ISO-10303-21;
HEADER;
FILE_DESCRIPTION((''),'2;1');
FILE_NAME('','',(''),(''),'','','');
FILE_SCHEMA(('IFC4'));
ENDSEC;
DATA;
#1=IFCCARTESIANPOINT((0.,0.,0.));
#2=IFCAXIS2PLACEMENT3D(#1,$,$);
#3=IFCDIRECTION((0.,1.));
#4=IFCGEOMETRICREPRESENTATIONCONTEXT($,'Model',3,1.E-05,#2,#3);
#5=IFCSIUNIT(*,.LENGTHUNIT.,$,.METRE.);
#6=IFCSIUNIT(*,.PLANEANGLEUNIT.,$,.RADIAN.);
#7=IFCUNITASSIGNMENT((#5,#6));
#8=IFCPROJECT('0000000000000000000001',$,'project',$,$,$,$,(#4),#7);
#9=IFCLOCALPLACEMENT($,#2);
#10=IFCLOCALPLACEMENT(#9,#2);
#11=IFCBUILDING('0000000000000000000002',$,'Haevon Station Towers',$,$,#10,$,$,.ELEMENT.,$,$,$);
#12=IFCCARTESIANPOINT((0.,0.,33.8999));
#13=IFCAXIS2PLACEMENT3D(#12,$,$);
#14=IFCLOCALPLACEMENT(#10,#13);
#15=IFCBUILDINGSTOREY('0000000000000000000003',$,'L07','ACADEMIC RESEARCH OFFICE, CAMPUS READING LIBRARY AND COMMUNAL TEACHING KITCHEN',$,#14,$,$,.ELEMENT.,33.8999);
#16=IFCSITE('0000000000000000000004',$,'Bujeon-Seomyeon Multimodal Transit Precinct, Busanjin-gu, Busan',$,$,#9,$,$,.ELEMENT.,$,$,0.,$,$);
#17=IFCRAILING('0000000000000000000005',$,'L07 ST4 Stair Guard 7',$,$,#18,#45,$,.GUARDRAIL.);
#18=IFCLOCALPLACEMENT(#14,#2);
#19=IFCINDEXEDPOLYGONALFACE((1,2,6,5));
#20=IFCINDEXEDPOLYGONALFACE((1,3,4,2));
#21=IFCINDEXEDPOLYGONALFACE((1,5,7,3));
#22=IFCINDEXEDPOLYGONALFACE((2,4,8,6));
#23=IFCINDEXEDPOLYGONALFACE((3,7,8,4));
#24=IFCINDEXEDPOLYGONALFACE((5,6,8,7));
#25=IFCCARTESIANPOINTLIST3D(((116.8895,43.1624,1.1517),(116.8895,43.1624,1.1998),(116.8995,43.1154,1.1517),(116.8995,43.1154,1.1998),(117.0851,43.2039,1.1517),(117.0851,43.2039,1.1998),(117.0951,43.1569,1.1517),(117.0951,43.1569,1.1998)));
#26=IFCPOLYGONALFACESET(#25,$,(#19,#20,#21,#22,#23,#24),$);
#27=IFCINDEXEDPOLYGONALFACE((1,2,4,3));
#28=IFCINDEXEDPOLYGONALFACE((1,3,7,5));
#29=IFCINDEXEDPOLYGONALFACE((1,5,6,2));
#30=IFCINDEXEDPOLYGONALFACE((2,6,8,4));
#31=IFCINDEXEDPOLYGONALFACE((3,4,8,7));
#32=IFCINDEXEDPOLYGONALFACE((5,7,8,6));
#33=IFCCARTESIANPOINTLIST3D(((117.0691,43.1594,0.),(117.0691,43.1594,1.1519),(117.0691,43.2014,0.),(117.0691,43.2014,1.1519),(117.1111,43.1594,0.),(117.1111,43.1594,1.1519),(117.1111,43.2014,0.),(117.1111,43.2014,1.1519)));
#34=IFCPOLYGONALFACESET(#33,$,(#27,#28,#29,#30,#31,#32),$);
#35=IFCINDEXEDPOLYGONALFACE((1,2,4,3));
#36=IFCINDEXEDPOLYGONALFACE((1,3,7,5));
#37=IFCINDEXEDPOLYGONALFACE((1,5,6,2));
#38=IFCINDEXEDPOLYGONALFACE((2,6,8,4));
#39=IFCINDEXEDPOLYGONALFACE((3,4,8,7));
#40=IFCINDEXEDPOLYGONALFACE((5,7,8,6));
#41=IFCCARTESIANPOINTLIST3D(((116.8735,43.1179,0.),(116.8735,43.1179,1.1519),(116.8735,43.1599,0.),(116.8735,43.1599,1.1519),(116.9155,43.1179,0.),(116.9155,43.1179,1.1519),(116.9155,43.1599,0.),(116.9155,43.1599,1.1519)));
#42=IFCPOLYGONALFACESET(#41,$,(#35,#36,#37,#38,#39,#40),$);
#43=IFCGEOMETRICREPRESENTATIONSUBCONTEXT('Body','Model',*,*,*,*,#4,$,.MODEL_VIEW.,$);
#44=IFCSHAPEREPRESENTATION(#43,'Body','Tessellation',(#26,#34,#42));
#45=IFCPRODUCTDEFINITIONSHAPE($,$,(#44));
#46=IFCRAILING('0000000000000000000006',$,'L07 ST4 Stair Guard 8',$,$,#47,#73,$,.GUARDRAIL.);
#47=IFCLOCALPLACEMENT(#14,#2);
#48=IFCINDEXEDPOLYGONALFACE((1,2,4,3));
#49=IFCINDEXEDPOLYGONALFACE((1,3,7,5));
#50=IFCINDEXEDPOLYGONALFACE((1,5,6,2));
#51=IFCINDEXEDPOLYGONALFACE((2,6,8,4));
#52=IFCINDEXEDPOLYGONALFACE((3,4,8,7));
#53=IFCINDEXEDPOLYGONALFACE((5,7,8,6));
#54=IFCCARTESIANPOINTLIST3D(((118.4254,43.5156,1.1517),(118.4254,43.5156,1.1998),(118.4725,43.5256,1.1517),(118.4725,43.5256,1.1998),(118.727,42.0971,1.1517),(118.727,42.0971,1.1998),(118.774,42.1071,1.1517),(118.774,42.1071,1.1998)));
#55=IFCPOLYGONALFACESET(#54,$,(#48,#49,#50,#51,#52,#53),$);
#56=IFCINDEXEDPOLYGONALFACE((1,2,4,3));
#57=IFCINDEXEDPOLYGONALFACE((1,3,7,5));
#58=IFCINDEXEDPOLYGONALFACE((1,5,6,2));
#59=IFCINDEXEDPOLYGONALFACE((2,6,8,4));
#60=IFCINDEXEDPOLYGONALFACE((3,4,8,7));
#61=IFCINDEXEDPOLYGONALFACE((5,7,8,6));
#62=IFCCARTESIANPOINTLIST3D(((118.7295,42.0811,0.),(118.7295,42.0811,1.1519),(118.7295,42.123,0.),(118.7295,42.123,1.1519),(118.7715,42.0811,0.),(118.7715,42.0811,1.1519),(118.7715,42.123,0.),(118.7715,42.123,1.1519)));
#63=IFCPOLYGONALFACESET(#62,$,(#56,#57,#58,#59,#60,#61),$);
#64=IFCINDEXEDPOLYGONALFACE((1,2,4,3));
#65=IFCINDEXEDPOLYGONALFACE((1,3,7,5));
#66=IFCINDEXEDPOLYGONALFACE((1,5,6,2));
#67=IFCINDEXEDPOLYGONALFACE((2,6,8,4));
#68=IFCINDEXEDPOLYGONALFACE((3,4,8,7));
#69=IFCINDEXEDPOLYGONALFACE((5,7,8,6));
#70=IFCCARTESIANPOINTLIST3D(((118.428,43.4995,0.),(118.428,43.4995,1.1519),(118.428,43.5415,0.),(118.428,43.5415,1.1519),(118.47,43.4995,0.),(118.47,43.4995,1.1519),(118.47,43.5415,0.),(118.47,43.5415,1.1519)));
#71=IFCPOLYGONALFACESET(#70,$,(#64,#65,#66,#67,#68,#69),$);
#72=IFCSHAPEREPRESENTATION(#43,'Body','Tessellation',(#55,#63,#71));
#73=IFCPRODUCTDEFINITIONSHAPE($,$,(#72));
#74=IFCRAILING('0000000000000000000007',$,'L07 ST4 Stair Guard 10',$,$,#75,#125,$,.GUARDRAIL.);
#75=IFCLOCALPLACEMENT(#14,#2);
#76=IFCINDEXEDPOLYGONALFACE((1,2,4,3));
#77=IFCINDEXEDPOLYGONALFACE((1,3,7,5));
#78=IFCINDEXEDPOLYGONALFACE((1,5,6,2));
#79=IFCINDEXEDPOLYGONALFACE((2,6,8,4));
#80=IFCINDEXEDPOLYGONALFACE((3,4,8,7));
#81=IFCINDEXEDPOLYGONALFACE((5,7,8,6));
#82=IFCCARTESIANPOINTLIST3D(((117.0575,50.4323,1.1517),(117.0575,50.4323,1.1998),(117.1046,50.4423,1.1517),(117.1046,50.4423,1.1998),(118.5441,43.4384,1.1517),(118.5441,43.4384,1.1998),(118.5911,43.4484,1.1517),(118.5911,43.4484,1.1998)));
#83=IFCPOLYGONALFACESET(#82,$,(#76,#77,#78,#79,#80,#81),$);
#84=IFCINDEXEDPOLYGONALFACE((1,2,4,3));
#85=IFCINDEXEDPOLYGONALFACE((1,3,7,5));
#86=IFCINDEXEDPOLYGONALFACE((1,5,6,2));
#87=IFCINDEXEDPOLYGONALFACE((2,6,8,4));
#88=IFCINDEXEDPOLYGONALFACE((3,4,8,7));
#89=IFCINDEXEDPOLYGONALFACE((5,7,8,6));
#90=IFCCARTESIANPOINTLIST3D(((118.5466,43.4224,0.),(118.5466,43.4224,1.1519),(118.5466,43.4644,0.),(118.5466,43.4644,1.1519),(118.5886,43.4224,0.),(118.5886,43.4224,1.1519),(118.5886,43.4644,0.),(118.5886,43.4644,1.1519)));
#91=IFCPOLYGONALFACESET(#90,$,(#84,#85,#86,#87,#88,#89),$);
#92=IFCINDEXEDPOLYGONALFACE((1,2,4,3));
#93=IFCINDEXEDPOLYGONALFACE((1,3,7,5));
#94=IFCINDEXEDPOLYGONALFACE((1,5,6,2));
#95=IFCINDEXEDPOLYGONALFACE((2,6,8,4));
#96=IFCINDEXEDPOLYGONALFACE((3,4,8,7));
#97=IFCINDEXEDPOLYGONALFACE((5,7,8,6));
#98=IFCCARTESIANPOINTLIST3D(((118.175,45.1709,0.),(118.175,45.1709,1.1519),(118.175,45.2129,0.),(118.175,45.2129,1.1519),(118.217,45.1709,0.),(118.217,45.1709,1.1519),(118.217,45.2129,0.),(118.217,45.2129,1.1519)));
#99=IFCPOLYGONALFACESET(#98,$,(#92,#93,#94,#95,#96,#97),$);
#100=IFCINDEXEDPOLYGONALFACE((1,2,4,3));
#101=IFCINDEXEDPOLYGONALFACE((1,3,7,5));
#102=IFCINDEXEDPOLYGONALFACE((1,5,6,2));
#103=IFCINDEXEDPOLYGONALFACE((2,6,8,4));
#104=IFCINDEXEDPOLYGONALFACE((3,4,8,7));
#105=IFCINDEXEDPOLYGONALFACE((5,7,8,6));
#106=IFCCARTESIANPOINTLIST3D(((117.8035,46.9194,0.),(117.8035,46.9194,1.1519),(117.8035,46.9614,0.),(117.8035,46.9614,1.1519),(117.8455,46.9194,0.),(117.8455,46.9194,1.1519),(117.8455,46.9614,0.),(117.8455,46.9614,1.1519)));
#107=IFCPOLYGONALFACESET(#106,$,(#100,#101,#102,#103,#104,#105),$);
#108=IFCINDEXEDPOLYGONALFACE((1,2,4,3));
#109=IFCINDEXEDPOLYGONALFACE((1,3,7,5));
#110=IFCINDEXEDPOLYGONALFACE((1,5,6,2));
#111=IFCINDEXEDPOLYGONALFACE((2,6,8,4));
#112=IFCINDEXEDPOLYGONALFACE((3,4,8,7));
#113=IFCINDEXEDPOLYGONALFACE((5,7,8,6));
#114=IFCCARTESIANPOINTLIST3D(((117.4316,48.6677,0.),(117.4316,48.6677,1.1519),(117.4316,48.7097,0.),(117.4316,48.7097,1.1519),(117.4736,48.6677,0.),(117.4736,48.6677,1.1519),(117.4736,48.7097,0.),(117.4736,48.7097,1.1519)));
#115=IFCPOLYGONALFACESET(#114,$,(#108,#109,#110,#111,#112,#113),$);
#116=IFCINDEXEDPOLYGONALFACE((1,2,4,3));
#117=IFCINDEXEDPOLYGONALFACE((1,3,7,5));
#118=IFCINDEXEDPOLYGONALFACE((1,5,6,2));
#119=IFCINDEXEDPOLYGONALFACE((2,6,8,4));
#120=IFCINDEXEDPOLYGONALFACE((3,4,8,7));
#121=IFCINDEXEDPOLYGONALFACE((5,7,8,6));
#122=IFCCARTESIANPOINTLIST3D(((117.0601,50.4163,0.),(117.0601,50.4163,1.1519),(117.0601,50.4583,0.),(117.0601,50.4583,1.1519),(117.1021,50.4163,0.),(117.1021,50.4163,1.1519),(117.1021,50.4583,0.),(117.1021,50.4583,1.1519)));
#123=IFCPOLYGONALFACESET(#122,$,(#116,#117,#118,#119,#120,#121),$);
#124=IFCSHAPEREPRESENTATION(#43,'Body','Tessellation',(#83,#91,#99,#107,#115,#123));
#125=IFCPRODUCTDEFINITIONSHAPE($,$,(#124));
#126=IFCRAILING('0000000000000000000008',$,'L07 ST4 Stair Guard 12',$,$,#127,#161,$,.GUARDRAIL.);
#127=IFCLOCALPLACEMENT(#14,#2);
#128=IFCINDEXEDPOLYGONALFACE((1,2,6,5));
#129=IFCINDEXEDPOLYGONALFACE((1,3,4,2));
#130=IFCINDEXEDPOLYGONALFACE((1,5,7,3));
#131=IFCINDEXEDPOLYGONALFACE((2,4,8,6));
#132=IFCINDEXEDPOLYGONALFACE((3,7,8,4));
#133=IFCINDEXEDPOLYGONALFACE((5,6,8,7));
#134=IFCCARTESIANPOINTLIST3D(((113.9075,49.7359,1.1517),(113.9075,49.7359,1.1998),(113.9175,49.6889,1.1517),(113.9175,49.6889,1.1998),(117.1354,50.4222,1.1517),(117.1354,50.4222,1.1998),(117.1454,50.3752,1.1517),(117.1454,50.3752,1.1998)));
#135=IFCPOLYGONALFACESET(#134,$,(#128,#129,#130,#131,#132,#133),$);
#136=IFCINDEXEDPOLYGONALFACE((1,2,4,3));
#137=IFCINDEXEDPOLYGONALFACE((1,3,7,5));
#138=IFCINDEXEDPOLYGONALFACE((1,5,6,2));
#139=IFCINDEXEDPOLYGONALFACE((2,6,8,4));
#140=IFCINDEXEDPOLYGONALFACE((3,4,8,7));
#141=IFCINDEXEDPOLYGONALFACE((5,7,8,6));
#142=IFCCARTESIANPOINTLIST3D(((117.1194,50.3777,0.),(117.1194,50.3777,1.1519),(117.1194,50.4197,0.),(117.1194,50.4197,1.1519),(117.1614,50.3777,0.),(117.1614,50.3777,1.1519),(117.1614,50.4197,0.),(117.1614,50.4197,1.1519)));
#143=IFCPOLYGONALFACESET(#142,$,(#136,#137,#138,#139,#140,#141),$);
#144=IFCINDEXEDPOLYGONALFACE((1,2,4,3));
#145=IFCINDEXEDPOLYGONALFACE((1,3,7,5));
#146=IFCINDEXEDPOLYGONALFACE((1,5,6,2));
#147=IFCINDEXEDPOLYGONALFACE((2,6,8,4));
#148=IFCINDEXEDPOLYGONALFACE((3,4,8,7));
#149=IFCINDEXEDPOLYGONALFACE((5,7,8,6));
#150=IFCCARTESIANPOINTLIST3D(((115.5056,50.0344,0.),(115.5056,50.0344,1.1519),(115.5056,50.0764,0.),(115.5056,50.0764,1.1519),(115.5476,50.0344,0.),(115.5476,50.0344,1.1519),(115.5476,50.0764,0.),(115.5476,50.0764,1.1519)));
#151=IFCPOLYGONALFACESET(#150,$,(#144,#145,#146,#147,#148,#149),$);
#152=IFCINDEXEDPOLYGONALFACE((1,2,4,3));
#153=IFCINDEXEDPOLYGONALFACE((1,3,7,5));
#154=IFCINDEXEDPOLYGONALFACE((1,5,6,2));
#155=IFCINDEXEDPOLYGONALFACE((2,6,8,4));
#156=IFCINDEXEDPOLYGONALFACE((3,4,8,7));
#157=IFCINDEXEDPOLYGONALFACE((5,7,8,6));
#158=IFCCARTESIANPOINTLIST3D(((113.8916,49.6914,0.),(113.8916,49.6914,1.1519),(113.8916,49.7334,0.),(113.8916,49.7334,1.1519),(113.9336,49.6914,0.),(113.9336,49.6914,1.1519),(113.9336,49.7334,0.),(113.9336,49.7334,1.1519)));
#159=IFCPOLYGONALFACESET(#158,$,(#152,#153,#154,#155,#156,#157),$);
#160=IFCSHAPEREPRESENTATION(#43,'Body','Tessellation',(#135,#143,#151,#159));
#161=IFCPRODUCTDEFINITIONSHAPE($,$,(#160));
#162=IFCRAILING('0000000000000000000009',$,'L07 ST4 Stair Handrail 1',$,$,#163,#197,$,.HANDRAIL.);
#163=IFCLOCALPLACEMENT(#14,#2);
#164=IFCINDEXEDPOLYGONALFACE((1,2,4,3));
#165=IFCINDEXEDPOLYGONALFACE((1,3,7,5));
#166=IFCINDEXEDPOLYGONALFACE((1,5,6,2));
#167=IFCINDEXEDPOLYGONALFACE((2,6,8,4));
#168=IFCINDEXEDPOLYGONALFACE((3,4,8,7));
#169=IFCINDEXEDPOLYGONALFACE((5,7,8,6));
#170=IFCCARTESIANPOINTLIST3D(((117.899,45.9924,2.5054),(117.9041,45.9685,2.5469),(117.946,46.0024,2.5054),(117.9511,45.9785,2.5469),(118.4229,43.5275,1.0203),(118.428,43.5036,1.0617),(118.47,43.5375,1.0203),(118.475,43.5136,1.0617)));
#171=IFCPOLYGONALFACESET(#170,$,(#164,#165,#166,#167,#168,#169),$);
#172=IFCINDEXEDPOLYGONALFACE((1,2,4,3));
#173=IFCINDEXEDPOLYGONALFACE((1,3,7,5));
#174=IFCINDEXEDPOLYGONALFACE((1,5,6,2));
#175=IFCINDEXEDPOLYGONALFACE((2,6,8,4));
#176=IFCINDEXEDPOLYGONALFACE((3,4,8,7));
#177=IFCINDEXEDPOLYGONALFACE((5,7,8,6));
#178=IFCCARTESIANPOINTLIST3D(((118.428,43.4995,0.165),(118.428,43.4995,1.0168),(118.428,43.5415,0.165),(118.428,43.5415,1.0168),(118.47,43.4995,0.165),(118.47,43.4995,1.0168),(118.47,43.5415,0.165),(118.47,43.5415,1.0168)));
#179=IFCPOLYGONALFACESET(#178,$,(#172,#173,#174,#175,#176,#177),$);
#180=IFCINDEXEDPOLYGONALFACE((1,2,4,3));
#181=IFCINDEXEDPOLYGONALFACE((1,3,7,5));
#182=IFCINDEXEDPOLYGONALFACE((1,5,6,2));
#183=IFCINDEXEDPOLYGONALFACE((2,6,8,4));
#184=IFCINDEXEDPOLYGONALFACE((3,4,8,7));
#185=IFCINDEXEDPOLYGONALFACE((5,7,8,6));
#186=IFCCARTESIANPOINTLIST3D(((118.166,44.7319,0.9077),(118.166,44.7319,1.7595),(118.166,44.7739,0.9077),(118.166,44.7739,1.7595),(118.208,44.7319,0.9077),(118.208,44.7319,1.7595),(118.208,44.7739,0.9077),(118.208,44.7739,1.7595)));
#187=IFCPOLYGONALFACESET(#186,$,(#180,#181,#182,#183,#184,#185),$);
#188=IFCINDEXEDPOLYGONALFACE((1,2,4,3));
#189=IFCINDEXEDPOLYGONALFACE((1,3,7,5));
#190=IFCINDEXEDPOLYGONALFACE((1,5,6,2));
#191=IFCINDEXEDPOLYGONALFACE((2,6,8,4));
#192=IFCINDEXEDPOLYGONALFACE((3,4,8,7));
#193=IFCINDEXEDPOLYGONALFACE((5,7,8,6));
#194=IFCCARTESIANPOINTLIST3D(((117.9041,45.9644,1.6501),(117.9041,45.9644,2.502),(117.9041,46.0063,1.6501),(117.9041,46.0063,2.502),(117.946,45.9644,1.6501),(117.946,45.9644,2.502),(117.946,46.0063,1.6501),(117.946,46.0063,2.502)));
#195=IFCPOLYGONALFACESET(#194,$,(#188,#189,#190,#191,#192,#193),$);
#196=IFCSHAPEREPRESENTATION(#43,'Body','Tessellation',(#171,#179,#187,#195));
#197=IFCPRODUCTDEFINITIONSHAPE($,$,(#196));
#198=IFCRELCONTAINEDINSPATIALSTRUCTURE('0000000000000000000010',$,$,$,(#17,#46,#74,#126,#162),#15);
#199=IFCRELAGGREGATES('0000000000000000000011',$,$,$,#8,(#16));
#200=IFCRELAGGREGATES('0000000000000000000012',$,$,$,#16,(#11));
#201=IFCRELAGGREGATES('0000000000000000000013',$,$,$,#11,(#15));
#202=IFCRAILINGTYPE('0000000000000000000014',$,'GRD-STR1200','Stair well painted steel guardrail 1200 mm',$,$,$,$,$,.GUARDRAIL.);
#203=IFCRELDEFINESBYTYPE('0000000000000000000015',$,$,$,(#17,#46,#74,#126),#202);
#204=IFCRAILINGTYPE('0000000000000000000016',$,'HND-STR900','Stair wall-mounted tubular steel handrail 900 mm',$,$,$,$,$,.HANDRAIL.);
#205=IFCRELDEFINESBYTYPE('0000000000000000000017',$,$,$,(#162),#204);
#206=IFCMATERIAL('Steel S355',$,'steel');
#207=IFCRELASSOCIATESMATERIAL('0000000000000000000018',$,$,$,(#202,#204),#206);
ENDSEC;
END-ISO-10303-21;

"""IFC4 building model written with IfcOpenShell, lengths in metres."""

from ifc_helpers import new_model, si_unit, direction, frame, origin, origin_2d, place, context, subcontext, project, spatial, rectangle, extrude, material, type_object, element, save


model = new_model("IFC4")

# Units and contexts
model_context = context("Model", 3, precision=1e-05, world=origin(), true_north=direction((0.0, 1.0)))
body_context = subcontext(model_context, "Body", "Model", "MODEL_VIEW")
ifc_project = project(units=[si_unit("LENGTHUNIT", "METRE"), si_unit("PLANEANGLEUNIT", "RADIAN")], contexts=[model_context])

# Site, building, storey
site_placement = place(None, origin())
site = spatial("IfcSite", under=ifc_project, at=site_placement, Name="Bujeon-Seomyeon Multimodal Transit Precinct, Busanjin-gu, Busan", CompositionType="ELEMENT", RefElevation=0.0)
building_placement = place(site_placement, origin())
building = spatial("IfcBuilding", under=site, at=building_placement, Name="Haevon Station Towers", CompositionType="ELEMENT")
storey_placement = place(building_placement, frame((0.0, 0.0, 33.8999)))
storey = spatial("IfcBuildingStorey", under=building, at=storey_placement, Name="L07", Description="ACADEMIC RESEARCH OFFICE, CAMPUS READING LIBRARY AND COMMUNAL TEACHING KITCHEN", CompositionType="ELEMENT", Elevation=33.8999)

# Shared definitions
ifc_material_1 = material(Name="Steel S355", Category="steel")

# Railings
railing_type_1 = type_object("IfcRailingType", Name="GRD-STR1200", Description="Stair well painted steel guardrail 1200 mm", PredefinedType="GUARDRAIL", material=ifc_material_1)
railing_1_placement = place(storey_placement, frame((117.0901, 43.1804, 0.0)))
element("IfcRailing", 1, at=railing_1_placement, inside=storey, type_object=railing_type_1, Name="L07 ST4 Stair Guard 7", PredefinedType="GUARDRAIL", context=body_context, shape_type="SweptSolid", body=[
    extrude(rectangle(XDim=0.0481, YDim=0.0481, at=origin_2d()), frame((0.0, 0.0, 1.1758), z_axis=(-0.978212, -0.20761, 0.0), x_axis=(0.20761, -0.978212, 0.0)), (0.0, 0.0, 1.0), 0.2),
    extrude(rectangle(XDim=0.042, YDim=0.042, at=origin_2d()), origin(), (0.0, 0.0, 1.0), 1.1519),
    extrude(rectangle(XDim=0.042, YDim=0.042, at=origin_2d()), frame((-0.1956, -0.0415, 0.0)), (0.0, 0.0, 1.0), 1.1519),
])
railing_2_placement = place(storey_placement, frame((118.7505, 42.1021, 0.0)))
element("IfcRailing", 2, at=railing_2_placement, inside=storey, type_object=railing_type_1, Name="L07 ST4 Stair Guard 8", PredefinedType="GUARDRAIL", context=body_context, shape_type="SweptSolid", body=[
    extrude(rectangle(XDim=0.0481, YDim=0.0481, at=origin_2d()), frame((0.0, 0.0, 1.1758), z_axis=(-0.207919, 0.978146, 0.0), x_axis=(-0.978146, -0.207919, 0.0)), (0.0, 0.0, 1.0), 1.4502),
    extrude(rectangle(XDim=0.042, YDim=0.042, at=origin_2d()), origin(), (0.0, 0.0, 1.0), 1.1519),
    extrude(rectangle(XDim=0.042, YDim=0.042, at=origin_2d()), frame((-0.3015, 1.4185, 0.0)), (0.0, 0.0, 1.0), 1.1519),
])
railing_3_placement = place(storey_placement, frame((118.5676, 43.4434, 0.0)))
element("IfcRailing", 3, at=railing_3_placement, inside=storey, type_object=railing_type_1, Name="L07 ST4 Stair Guard 10", PredefinedType="GUARDRAIL", context=body_context, shape_type="SweptSolid", body=[
    extrude(rectangle(XDim=0.0481, YDim=0.0481, at=origin_2d()), frame((0.0, 0.0, 1.1758), z_axis=(-0.207908, 0.978148, 0.0), x_axis=(-0.978148, -0.207908, 0.0)), (0.0, 0.0, 1.0), 7.1501),
    extrude(rectangle(XDim=0.042, YDim=0.042, at=origin_2d()), origin(), (0.0, 0.0, 1.0), 1.1519),
    extrude(rectangle(XDim=0.042, YDim=0.042, at=origin_2d()), frame((-0.3716, 1.7485, 0.0)), (0.0, 0.0, 1.0), 1.1519),
    extrude(rectangle(XDim=0.042, YDim=0.042, at=origin_2d()), frame((-0.7432, 3.4971, 0.0)), (0.0, 0.0, 1.0), 1.1519),
    extrude(rectangle(XDim=0.042, YDim=0.042, at=origin_2d()), frame((-1.115, 5.2454, 0.0)), (0.0, 0.0, 1.0), 1.1519),
    extrude(rectangle(XDim=0.042, YDim=0.042, at=origin_2d()), frame((-1.4866, 6.9939, 0.0)), (0.0, 0.0, 1.0), 1.1519),
])
railing_4_placement = place(storey_placement, frame((117.1404, 50.3987, 0.0)))
element("IfcRailing", 4, at=railing_4_placement, inside=storey, type_object=railing_type_1, Name="L07 ST4 Stair Guard 12", PredefinedType="GUARDRAIL", context=body_context, shape_type="SweptSolid", body=[
    extrude(rectangle(XDim=0.0481, YDim=0.0481, at=origin_2d()), frame((0.0, 0.0, 1.1758), z_axis=(-0.978136, -0.207968, 0.0), x_axis=(0.207968, -0.978136, 0.0)), (0.0, 0.0, 1.0), 3.3),
    extrude(rectangle(XDim=0.042, YDim=0.042, at=origin_2d()), origin(), (0.0, 0.0, 1.0), 1.1519),
    extrude(rectangle(XDim=0.042, YDim=0.042, at=origin_2d()), frame((-1.6138, -0.3433, 0.0)), (0.0, 0.0, 1.0), 1.1519),
    extrude(rectangle(XDim=0.042, YDim=0.042, at=origin_2d()), frame((-3.2278, -0.6863, 0.0)), (0.0, 0.0, 1.0), 1.1519),
])
railing_type_2 = type_object("IfcRailingType", Name="HND-STR900", Description="Stair wall-mounted tubular steel handrail 900 mm", PredefinedType="HANDRAIL", material=ifc_material_1)
railing_5_placement = place(storey_placement, frame((118.449, 43.5205, 0.165)))
element("IfcRailing", 5, at=railing_5_placement, inside=storey, type_object=railing_type_2, Name="L07 ST4 Stair Handrail 1", PredefinedType="HANDRAIL", context=body_context, shape_type="SweptSolid", body=[
    extrude(rectangle(XDim=0.0481, YDim=0.0481, at=origin_2d()), frame((0.0, 0.0, 0.876), z_axis=(-0.179121, 0.842688, 0.507733), x_axis=(-0.978147, -0.207914, 0.0)), (0.0, 0.0, 1.0), 2.925),
    extrude(rectangle(XDim=0.042, YDim=0.042, at=origin_2d()), origin(), (0.0, 0.0, 1.0), 0.8518),
    extrude(rectangle(XDim=0.042, YDim=0.042, at=origin_2d()), frame((-0.262, 1.2324, 0.7427)), (0.0, 0.0, 1.0), 0.8518),
    extrude(rectangle(XDim=0.042, YDim=0.042, at=origin_2d()), frame((-0.5239, 2.4648, 1.4851)), (0.0, 0.0, 1.0), 0.8518),
])

save(model, "model.ifc")
